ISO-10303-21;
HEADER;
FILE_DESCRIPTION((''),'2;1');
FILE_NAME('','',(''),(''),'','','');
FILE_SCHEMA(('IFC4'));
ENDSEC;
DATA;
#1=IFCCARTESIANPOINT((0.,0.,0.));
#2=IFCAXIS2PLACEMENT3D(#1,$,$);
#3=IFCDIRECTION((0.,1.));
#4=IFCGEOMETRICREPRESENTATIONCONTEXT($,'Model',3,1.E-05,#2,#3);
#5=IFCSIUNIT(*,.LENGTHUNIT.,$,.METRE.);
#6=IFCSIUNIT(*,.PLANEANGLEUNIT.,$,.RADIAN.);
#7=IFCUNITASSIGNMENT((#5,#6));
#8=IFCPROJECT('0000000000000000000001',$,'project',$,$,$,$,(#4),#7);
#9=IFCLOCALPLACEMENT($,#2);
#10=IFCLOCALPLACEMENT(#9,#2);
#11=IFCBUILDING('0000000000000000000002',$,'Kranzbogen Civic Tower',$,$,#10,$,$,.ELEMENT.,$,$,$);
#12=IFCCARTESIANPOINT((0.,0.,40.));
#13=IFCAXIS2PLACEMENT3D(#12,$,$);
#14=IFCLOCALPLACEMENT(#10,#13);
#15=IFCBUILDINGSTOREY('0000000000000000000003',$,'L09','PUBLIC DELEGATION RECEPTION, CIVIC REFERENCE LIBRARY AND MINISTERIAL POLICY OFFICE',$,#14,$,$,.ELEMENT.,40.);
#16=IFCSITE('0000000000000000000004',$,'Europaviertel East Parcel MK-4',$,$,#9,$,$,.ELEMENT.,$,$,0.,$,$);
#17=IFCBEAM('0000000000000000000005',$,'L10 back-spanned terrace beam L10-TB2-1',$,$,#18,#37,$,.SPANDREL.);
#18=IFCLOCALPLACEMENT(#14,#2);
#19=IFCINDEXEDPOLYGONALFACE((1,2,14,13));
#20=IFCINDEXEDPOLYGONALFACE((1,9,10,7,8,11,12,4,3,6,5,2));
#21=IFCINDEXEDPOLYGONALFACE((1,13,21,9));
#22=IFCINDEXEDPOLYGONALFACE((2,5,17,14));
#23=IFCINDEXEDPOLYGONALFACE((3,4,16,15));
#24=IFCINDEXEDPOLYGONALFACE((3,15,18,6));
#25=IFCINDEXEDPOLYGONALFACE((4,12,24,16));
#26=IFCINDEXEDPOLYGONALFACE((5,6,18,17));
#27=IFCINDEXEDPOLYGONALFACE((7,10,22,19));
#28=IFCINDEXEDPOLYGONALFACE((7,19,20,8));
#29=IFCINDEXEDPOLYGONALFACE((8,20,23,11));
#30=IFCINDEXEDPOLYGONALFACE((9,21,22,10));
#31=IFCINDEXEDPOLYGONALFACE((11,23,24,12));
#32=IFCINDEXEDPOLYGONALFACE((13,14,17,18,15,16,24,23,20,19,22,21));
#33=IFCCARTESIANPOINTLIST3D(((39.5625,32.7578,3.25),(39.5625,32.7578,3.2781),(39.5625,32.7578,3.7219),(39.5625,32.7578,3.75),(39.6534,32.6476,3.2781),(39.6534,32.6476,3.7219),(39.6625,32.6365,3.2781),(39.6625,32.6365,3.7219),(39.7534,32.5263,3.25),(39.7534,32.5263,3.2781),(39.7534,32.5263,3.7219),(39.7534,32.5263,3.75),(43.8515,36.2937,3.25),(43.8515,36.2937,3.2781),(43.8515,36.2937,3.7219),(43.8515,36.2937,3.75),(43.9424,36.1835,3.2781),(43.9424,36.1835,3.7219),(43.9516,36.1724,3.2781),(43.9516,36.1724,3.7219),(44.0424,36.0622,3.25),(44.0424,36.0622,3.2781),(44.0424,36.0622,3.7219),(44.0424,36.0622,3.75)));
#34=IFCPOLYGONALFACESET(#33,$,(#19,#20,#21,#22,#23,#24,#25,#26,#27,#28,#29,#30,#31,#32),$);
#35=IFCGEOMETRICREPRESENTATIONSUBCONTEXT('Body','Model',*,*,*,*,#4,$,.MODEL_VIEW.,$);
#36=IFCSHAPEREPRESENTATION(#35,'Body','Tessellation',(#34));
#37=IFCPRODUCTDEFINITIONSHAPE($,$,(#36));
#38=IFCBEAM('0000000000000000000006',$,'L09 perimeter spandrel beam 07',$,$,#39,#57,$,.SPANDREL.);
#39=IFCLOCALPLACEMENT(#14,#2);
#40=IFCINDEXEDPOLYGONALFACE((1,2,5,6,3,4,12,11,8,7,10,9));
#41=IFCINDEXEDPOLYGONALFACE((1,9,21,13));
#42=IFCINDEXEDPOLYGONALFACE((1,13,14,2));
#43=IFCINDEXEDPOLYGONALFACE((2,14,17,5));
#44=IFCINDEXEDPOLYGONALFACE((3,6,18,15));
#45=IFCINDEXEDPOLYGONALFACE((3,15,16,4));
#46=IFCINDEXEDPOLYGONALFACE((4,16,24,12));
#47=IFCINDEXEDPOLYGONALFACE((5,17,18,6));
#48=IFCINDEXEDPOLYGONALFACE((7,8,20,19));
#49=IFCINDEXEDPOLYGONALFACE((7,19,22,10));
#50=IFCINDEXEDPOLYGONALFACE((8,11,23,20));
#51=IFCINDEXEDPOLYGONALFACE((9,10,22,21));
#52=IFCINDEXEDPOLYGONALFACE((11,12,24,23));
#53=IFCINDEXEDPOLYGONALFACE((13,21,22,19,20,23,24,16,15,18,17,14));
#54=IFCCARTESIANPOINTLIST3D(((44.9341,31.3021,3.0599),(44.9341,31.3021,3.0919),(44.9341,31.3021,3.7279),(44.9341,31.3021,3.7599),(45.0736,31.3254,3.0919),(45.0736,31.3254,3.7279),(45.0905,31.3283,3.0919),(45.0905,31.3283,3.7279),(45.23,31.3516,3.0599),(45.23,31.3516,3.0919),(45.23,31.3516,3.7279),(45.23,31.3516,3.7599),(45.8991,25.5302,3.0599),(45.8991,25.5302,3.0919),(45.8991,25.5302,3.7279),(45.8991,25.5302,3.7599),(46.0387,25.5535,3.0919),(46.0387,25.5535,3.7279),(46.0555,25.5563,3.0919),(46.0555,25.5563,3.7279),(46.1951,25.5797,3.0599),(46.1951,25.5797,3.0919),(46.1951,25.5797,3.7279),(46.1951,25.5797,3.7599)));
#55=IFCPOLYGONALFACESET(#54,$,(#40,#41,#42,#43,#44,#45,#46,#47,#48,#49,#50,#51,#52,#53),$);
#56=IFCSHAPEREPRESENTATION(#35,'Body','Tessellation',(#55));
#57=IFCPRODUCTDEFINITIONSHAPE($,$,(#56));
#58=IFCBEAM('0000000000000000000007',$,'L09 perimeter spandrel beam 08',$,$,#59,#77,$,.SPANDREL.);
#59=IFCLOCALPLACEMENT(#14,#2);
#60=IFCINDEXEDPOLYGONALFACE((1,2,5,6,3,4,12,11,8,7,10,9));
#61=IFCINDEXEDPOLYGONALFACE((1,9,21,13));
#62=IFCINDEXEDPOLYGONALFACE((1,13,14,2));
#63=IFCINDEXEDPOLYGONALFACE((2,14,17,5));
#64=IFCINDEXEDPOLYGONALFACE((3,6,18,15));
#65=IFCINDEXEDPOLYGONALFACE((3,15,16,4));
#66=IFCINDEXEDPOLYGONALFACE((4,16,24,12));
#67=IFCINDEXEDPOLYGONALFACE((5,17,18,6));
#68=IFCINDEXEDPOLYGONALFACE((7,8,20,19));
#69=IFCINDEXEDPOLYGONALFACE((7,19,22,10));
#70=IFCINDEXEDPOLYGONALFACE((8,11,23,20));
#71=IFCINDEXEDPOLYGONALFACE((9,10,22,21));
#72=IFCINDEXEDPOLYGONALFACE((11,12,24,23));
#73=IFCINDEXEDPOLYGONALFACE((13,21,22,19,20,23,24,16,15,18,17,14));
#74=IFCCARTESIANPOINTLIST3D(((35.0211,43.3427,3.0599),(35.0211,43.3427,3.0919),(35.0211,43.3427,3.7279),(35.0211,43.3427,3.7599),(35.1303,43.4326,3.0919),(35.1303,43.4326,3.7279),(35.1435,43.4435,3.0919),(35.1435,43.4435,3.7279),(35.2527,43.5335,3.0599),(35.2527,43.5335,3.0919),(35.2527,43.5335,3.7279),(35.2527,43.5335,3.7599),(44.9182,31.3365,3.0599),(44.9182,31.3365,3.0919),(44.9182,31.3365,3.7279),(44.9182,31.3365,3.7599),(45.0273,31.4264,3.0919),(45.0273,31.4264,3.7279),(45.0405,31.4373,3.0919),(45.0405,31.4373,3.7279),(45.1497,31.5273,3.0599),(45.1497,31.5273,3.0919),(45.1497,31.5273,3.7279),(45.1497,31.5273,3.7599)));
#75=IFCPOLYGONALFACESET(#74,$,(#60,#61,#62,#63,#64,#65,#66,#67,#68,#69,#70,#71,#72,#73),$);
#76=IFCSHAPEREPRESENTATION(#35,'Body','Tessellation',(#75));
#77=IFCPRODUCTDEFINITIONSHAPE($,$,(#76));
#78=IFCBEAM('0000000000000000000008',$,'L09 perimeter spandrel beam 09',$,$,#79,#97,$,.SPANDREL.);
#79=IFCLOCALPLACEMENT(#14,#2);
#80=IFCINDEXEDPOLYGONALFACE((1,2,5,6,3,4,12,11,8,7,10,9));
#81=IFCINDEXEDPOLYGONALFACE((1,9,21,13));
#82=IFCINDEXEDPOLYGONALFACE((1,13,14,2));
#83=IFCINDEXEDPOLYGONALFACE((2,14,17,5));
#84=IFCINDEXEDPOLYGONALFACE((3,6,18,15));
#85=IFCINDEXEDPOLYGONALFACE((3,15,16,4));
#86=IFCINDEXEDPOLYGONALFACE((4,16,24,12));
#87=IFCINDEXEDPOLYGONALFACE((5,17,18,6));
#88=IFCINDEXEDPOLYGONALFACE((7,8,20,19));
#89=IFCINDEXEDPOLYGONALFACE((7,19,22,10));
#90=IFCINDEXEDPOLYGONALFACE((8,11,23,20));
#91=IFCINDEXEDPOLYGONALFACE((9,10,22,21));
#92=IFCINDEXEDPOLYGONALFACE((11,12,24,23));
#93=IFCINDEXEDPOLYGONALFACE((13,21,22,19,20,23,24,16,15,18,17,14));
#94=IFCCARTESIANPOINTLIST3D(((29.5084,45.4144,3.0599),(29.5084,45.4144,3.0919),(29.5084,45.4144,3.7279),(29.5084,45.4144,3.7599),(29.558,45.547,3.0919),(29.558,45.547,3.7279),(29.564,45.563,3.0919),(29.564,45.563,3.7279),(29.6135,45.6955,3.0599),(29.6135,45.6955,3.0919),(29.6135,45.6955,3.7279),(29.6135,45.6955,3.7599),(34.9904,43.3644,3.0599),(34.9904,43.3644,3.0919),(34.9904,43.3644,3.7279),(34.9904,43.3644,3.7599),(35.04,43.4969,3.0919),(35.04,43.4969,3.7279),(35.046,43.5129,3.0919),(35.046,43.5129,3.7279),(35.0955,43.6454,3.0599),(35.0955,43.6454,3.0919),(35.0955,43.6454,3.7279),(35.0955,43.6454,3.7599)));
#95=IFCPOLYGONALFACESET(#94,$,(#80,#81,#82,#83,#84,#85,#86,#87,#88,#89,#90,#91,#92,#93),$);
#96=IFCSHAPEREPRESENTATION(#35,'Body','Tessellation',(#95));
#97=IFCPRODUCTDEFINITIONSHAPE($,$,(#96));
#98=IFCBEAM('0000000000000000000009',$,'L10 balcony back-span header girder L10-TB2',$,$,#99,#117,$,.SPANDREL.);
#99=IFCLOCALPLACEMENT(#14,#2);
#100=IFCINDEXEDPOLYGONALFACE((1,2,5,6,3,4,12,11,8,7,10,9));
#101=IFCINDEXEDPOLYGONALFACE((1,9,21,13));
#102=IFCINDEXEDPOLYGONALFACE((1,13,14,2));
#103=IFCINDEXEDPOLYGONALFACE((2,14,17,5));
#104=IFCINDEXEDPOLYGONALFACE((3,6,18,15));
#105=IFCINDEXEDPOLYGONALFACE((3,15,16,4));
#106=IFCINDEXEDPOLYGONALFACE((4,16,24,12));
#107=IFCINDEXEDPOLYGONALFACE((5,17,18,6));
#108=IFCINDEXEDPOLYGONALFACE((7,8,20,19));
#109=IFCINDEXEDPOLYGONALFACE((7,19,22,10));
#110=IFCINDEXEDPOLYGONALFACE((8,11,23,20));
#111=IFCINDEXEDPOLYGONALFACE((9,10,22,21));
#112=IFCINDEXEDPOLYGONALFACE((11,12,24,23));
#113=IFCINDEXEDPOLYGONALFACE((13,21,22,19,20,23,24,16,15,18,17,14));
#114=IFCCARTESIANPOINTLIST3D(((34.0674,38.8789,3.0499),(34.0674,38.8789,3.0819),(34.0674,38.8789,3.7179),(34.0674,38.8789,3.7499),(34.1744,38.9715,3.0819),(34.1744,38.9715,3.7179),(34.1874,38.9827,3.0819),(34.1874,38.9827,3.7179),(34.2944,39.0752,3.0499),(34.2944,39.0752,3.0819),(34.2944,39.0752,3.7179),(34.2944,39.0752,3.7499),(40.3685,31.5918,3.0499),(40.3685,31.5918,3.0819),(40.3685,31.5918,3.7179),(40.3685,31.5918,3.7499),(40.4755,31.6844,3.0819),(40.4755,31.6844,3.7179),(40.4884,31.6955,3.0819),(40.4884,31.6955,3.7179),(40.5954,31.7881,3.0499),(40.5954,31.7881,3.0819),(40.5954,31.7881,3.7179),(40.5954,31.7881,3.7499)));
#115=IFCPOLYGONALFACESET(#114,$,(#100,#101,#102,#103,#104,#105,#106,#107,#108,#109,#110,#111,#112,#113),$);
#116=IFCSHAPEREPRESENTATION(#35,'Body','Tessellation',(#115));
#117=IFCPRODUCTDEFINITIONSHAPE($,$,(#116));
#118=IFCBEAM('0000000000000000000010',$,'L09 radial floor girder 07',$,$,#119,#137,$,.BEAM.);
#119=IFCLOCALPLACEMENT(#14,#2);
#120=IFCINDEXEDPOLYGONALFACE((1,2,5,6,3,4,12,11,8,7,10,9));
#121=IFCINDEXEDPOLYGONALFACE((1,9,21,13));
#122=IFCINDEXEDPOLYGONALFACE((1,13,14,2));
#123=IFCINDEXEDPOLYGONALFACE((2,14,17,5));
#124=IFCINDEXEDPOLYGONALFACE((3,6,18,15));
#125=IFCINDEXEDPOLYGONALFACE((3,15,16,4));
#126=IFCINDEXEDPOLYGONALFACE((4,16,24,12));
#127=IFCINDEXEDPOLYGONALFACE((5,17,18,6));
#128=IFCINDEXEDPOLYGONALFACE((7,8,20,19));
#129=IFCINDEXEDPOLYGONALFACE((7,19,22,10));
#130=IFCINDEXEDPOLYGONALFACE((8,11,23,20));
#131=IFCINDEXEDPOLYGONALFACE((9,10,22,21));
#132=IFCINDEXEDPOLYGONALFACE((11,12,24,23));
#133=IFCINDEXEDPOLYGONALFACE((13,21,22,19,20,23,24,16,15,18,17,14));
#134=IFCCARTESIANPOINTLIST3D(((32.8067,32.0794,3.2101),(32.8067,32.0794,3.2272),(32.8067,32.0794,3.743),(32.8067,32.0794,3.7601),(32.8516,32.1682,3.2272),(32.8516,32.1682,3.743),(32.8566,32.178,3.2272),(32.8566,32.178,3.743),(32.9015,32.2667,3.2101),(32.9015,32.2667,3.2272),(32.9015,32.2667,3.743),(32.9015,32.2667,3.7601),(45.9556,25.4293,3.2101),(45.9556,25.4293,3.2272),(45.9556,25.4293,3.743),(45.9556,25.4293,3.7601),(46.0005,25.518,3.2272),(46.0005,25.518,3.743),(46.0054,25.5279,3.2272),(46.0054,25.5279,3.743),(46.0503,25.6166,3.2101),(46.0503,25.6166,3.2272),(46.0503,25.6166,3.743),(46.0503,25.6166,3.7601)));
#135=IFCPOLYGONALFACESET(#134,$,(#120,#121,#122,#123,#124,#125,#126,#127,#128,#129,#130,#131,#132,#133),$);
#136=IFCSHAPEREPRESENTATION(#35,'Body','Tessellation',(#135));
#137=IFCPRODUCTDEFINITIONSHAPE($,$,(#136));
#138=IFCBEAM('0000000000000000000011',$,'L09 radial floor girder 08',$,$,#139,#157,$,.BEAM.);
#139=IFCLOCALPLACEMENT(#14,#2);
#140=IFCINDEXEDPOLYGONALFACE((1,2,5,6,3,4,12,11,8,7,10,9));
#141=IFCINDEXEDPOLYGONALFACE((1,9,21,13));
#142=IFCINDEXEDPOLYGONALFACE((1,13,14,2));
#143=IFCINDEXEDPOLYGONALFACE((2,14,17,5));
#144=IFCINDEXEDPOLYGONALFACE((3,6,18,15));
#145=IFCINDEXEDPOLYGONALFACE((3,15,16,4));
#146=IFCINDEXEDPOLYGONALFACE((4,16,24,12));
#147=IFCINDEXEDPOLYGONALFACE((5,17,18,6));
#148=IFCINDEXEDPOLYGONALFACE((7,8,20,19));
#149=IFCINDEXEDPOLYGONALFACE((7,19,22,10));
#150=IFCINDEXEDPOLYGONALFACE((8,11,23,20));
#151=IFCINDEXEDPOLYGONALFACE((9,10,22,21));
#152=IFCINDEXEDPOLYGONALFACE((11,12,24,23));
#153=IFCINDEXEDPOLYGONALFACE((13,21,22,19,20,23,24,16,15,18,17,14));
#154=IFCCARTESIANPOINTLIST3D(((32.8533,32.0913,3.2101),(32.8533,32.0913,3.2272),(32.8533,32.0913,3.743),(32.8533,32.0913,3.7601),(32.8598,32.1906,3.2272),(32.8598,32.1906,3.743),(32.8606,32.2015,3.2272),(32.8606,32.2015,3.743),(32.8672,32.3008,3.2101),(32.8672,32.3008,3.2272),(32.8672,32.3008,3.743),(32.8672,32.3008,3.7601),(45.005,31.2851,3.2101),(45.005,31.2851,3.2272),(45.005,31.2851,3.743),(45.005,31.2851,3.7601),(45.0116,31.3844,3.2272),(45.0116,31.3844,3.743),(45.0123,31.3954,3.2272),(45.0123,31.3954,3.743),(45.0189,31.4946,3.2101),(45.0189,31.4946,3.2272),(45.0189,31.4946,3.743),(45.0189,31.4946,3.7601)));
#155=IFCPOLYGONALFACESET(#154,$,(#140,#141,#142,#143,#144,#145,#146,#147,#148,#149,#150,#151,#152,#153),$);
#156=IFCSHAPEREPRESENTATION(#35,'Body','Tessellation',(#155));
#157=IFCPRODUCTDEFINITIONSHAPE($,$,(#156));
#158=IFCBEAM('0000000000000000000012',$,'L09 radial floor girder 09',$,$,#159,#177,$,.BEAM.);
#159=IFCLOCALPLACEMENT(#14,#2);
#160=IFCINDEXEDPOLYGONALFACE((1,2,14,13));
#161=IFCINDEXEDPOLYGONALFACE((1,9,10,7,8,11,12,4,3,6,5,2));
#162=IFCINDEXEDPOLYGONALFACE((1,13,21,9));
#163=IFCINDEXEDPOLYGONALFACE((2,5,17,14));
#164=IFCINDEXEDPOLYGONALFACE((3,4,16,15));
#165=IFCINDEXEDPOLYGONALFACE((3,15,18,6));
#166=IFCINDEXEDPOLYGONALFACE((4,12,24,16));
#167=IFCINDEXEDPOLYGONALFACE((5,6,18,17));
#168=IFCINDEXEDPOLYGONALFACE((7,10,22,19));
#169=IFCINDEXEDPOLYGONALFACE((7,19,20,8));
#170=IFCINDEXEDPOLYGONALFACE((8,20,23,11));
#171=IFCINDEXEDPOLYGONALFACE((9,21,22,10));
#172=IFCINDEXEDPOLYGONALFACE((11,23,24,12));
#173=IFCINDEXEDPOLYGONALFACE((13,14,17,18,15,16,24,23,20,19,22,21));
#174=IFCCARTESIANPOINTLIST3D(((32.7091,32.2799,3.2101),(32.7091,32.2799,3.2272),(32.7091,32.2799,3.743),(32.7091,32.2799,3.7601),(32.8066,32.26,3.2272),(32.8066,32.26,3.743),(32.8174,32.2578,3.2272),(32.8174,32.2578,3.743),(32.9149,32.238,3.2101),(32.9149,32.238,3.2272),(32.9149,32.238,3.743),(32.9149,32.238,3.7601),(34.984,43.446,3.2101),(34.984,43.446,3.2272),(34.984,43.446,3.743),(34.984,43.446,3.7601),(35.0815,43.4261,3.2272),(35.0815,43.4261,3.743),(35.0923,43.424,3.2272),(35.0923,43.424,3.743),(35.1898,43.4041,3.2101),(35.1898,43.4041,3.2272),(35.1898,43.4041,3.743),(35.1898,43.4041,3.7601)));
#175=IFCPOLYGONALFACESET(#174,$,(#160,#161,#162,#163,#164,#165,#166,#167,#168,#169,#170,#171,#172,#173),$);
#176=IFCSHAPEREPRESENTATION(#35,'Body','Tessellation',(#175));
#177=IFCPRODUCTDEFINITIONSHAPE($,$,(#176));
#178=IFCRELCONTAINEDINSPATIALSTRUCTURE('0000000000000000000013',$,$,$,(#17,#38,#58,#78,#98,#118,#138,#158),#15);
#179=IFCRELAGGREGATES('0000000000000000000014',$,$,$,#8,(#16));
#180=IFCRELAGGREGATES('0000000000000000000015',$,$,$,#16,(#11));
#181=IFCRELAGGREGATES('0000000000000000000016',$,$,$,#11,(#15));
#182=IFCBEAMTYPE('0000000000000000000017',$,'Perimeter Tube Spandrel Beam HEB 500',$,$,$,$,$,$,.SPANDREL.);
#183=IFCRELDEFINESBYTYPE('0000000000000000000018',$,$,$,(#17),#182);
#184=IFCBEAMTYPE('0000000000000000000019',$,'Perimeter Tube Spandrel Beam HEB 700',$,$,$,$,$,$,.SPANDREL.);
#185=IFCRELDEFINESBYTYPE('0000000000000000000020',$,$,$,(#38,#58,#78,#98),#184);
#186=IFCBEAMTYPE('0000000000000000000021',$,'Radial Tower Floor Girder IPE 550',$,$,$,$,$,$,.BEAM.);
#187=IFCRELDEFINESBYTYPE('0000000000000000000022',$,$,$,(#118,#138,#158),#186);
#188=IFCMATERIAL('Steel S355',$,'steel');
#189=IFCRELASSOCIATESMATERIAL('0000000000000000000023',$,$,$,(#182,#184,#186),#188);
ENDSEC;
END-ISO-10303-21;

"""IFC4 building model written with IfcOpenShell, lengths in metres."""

from ifc_helpers import new_model, si_unit, direction, frame, origin, origin_2d, place, context, subcontext, project, spatial, i_section, extrude, material, material_profile, profile_set, type_object, element, save


model = new_model("IFC4")

# Units and contexts
model_context = context("Model", 3, precision=1e-05, world=origin(), true_north=direction((0.0, 1.0)))
body_context = subcontext(model_context, "Body", "Model", "MODEL_VIEW")
ifc_project = project(units=[si_unit("LENGTHUNIT", "METRE"), si_unit("PLANEANGLEUNIT", "RADIAN")], contexts=[model_context])

# Site, building, storey
site_placement = place(None, origin())
site = spatial("IfcSite", under=ifc_project, at=site_placement, Name="Europaviertel East Parcel MK-4", CompositionType="ELEMENT", RefElevation=0.0)
building_placement = place(site_placement, origin())
building = spatial("IfcBuilding", under=site, at=building_placement, Name="Kranzbogen Civic Tower", CompositionType="ELEMENT")
storey_placement = place(building_placement, frame((0.0, 0.0, 40.0)))
storey = spatial("IfcBuildingStorey", under=building, at=storey_placement, Name="L09", Description="PUBLIC DELEGATION RECEPTION, CIVIC REFERENCE LIBRARY AND MINISTERIAL POLICY OFFICE", CompositionType="ELEMENT", Elevation=40.0)

# Shared definitions
ifc_material_1 = material(Name="Steel S355", Category="steel")

# Beams
ifc_material_profile_1 = material_profile(ifc_material_1, i_section(OverallWidth=0.3, OverallDepth=0.5, WebThickness=0.0144, FlangeThickness=0.0281, at=origin_2d()), Name="HEB 500")
ifc_profile_set_1 = profile_set([ifc_material_profile_1], Name="Steel S355")
beam_type_1 = type_object("IfcBeamType", Name="Perimeter Tube Spandrel Beam HEB 500", PredefinedType="SPANDREL", material=ifc_profile_set_1)
beam_1_placement = place(storey_placement, frame((39.658, 32.6421, 3.5), z_axis=(0.771602, 0.636106, 0.0), x_axis=(-0.636106, 0.771602, 0.0)))
element("IfcBeam", 1, at=beam_1_placement, inside=storey, type_object=beam_type_1, Name="L10 back-spanned terrace beam L10-TB2-1", PredefinedType="SPANDREL", context=body_context, shape_type="SweptSolid", body=[
    extrude(i_section(OverallWidth=0.3, OverallDepth=0.5, WebThickness=0.0144, FlangeThickness=0.0281, at=origin_2d()), origin(), (0.0, 0.0, 1.0), 5.5586),
])
ifc_material_profile_2 = material_profile(ifc_material_1, i_section(OverallWidth=0.3, OverallDepth=0.7, WebThickness=0.0171, FlangeThickness=0.032, at=origin_2d()), Name="HEB 700")
ifc_profile_set_2 = profile_set([ifc_material_profile_2], Name="Steel S355")
beam_type_2 = type_object("IfcBeamType", Name="Perimeter Tube Spandrel Beam HEB 700", PredefinedType="SPANDREL", material=ifc_profile_set_2)
beam_2_placement = place(storey_placement, frame((46.0471, 25.5549, 3.4099), z_axis=(-0.164913, 0.986308, 0.0), x_axis=(-0.986308, -0.164913, 0.0)))
element("IfcBeam", 2, at=beam_2_placement, inside=storey, type_object=beam_type_2, Name="L09 perimeter spandrel beam 07", PredefinedType="SPANDREL", context=body_context, shape_type="SweptSolid", body=[
    extrude(i_section(OverallWidth=0.3, OverallDepth=0.7, WebThickness=0.0171, FlangeThickness=0.032, at=origin_2d()), origin(), (0.0, 0.0, 1.0), 5.8521),
])
beam_3_placement = place(storey_placement, frame((45.0339, 31.4319, 3.4099), z_axis=(-0.636075, 0.771628, 0.0), x_axis=(-0.771628, -0.636075, 0.0)))
element("IfcBeam", 3, at=beam_3_placement, inside=storey, type_object=beam_type_2, Name="L09 perimeter spandrel beam 08", PredefinedType="SPANDREL", context=body_context, shape_type="SweptSolid", body=[
    extrude(i_section(OverallWidth=0.3, OverallDepth=0.7, WebThickness=0.0171, FlangeThickness=0.032, at=origin_2d()), origin(), (0.0, 0.0, 1.0), 15.5596),
])
beam_4_placement = place(storey_placement, frame((35.043, 43.5049, 3.4099), z_axis=(-0.936648, 0.350273, 0.0), x_axis=(-0.350273, -0.936648, 0.0)))
element("IfcBeam", 4, at=beam_4_placement, inside=storey, type_object=beam_type_2, Name="L09 perimeter spandrel beam 09", PredefinedType="SPANDREL", context=body_context, shape_type="SweptSolid", body=[
    extrude(i_section(OverallWidth=0.3, OverallDepth=0.7, WebThickness=0.0171, FlangeThickness=0.032, at=origin_2d()), origin(), (0.0, 0.0, 1.0), 5.8528),
])
beam_5_placement = place(storey_placement, frame((40.4819, 31.6899, 3.3999), z_axis=(-0.654072, 0.756432, 0.0), x_axis=(-0.756432, -0.654072, 0.0)))
element("IfcBeam", 5, at=beam_5_placement, inside=storey, type_object=beam_type_2, Name="L10 balcony back-span header girder L10-TB2", PredefinedType="SPANDREL", context=body_context, shape_type="SweptSolid", body=[
    extrude(i_section(OverallWidth=0.3, OverallDepth=0.7, WebThickness=0.0171, FlangeThickness=0.032, at=origin_2d()), origin(), (0.0, 0.0, 1.0), 9.6335),
])
ifc_material_profile_3 = material_profile(ifc_material_1, i_section(OverallWidth=0.21, OverallDepth=0.55, WebThickness=0.011, FlangeThickness=0.0171, at=origin_2d()), Name="IPE 550")
ifc_profile_set_3 = profile_set([ifc_material_profile_3], Name="Steel S355")
beam_type_3 = type_object("IfcBeamType", Name="Radial Tower Floor Girder IPE 550", PredefinedType="BEAM", material=ifc_profile_set_3)
beam_6_placement = place(storey_placement, frame((46.0029, 25.5229, 3.4851), z_axis=(-0.892363, 0.451318, 0.0), x_axis=(-0.451318, -0.892363, 0.0)))
element("IfcBeam", 6, at=beam_6_placement, inside=storey, type_object=beam_type_3, Name="L09 radial floor girder 07", PredefinedType="BEAM", context=body_context, shape_type="SweptSolid", body=[
    extrude(i_section(OverallWidth=0.21, OverallDepth=0.55, WebThickness=0.011, FlangeThickness=0.0171, at=origin_2d()), origin(), (0.0, 0.0, 1.0), 14.7349),
])
beam_7_placement = place(storey_placement, frame((45.012, 31.3899, 3.4851), z_axis=(-0.997807, 0.066194, 0.0), x_axis=(-0.066194, -0.997807, 0.0)))
element("IfcBeam", 7, at=beam_7_placement, inside=storey, type_object=beam_type_3, Name="L09 radial floor girder 08", PredefinedType="BEAM", context=body_context, shape_type="SweptSolid", body=[
    extrude(i_section(OverallWidth=0.21, OverallDepth=0.55, WebThickness=0.011, FlangeThickness=0.0171, at=origin_2d()), origin(), (0.0, 0.0, 1.0), 12.1785),
])
beam_8_placement = place(storey_placement, frame((35.0869, 43.425, 3.4851), z_axis=(-0.199633, -0.979871, 0.0), x_axis=(0.979871, -0.199633, 0.0)))
element("IfcBeam", 8, at=beam_8_placement, inside=storey, type_object=beam_type_3, Name="L09 radial floor girder 09", PredefinedType="BEAM", context=body_context, shape_type="SweptSolid", body=[
    extrude(i_section(OverallWidth=0.21, OverallDepth=0.55, WebThickness=0.011, FlangeThickness=0.0171, at=origin_2d()), origin(), (0.0, 0.0, 1.0), 11.3955),
])

save(model, "model.ifc")
